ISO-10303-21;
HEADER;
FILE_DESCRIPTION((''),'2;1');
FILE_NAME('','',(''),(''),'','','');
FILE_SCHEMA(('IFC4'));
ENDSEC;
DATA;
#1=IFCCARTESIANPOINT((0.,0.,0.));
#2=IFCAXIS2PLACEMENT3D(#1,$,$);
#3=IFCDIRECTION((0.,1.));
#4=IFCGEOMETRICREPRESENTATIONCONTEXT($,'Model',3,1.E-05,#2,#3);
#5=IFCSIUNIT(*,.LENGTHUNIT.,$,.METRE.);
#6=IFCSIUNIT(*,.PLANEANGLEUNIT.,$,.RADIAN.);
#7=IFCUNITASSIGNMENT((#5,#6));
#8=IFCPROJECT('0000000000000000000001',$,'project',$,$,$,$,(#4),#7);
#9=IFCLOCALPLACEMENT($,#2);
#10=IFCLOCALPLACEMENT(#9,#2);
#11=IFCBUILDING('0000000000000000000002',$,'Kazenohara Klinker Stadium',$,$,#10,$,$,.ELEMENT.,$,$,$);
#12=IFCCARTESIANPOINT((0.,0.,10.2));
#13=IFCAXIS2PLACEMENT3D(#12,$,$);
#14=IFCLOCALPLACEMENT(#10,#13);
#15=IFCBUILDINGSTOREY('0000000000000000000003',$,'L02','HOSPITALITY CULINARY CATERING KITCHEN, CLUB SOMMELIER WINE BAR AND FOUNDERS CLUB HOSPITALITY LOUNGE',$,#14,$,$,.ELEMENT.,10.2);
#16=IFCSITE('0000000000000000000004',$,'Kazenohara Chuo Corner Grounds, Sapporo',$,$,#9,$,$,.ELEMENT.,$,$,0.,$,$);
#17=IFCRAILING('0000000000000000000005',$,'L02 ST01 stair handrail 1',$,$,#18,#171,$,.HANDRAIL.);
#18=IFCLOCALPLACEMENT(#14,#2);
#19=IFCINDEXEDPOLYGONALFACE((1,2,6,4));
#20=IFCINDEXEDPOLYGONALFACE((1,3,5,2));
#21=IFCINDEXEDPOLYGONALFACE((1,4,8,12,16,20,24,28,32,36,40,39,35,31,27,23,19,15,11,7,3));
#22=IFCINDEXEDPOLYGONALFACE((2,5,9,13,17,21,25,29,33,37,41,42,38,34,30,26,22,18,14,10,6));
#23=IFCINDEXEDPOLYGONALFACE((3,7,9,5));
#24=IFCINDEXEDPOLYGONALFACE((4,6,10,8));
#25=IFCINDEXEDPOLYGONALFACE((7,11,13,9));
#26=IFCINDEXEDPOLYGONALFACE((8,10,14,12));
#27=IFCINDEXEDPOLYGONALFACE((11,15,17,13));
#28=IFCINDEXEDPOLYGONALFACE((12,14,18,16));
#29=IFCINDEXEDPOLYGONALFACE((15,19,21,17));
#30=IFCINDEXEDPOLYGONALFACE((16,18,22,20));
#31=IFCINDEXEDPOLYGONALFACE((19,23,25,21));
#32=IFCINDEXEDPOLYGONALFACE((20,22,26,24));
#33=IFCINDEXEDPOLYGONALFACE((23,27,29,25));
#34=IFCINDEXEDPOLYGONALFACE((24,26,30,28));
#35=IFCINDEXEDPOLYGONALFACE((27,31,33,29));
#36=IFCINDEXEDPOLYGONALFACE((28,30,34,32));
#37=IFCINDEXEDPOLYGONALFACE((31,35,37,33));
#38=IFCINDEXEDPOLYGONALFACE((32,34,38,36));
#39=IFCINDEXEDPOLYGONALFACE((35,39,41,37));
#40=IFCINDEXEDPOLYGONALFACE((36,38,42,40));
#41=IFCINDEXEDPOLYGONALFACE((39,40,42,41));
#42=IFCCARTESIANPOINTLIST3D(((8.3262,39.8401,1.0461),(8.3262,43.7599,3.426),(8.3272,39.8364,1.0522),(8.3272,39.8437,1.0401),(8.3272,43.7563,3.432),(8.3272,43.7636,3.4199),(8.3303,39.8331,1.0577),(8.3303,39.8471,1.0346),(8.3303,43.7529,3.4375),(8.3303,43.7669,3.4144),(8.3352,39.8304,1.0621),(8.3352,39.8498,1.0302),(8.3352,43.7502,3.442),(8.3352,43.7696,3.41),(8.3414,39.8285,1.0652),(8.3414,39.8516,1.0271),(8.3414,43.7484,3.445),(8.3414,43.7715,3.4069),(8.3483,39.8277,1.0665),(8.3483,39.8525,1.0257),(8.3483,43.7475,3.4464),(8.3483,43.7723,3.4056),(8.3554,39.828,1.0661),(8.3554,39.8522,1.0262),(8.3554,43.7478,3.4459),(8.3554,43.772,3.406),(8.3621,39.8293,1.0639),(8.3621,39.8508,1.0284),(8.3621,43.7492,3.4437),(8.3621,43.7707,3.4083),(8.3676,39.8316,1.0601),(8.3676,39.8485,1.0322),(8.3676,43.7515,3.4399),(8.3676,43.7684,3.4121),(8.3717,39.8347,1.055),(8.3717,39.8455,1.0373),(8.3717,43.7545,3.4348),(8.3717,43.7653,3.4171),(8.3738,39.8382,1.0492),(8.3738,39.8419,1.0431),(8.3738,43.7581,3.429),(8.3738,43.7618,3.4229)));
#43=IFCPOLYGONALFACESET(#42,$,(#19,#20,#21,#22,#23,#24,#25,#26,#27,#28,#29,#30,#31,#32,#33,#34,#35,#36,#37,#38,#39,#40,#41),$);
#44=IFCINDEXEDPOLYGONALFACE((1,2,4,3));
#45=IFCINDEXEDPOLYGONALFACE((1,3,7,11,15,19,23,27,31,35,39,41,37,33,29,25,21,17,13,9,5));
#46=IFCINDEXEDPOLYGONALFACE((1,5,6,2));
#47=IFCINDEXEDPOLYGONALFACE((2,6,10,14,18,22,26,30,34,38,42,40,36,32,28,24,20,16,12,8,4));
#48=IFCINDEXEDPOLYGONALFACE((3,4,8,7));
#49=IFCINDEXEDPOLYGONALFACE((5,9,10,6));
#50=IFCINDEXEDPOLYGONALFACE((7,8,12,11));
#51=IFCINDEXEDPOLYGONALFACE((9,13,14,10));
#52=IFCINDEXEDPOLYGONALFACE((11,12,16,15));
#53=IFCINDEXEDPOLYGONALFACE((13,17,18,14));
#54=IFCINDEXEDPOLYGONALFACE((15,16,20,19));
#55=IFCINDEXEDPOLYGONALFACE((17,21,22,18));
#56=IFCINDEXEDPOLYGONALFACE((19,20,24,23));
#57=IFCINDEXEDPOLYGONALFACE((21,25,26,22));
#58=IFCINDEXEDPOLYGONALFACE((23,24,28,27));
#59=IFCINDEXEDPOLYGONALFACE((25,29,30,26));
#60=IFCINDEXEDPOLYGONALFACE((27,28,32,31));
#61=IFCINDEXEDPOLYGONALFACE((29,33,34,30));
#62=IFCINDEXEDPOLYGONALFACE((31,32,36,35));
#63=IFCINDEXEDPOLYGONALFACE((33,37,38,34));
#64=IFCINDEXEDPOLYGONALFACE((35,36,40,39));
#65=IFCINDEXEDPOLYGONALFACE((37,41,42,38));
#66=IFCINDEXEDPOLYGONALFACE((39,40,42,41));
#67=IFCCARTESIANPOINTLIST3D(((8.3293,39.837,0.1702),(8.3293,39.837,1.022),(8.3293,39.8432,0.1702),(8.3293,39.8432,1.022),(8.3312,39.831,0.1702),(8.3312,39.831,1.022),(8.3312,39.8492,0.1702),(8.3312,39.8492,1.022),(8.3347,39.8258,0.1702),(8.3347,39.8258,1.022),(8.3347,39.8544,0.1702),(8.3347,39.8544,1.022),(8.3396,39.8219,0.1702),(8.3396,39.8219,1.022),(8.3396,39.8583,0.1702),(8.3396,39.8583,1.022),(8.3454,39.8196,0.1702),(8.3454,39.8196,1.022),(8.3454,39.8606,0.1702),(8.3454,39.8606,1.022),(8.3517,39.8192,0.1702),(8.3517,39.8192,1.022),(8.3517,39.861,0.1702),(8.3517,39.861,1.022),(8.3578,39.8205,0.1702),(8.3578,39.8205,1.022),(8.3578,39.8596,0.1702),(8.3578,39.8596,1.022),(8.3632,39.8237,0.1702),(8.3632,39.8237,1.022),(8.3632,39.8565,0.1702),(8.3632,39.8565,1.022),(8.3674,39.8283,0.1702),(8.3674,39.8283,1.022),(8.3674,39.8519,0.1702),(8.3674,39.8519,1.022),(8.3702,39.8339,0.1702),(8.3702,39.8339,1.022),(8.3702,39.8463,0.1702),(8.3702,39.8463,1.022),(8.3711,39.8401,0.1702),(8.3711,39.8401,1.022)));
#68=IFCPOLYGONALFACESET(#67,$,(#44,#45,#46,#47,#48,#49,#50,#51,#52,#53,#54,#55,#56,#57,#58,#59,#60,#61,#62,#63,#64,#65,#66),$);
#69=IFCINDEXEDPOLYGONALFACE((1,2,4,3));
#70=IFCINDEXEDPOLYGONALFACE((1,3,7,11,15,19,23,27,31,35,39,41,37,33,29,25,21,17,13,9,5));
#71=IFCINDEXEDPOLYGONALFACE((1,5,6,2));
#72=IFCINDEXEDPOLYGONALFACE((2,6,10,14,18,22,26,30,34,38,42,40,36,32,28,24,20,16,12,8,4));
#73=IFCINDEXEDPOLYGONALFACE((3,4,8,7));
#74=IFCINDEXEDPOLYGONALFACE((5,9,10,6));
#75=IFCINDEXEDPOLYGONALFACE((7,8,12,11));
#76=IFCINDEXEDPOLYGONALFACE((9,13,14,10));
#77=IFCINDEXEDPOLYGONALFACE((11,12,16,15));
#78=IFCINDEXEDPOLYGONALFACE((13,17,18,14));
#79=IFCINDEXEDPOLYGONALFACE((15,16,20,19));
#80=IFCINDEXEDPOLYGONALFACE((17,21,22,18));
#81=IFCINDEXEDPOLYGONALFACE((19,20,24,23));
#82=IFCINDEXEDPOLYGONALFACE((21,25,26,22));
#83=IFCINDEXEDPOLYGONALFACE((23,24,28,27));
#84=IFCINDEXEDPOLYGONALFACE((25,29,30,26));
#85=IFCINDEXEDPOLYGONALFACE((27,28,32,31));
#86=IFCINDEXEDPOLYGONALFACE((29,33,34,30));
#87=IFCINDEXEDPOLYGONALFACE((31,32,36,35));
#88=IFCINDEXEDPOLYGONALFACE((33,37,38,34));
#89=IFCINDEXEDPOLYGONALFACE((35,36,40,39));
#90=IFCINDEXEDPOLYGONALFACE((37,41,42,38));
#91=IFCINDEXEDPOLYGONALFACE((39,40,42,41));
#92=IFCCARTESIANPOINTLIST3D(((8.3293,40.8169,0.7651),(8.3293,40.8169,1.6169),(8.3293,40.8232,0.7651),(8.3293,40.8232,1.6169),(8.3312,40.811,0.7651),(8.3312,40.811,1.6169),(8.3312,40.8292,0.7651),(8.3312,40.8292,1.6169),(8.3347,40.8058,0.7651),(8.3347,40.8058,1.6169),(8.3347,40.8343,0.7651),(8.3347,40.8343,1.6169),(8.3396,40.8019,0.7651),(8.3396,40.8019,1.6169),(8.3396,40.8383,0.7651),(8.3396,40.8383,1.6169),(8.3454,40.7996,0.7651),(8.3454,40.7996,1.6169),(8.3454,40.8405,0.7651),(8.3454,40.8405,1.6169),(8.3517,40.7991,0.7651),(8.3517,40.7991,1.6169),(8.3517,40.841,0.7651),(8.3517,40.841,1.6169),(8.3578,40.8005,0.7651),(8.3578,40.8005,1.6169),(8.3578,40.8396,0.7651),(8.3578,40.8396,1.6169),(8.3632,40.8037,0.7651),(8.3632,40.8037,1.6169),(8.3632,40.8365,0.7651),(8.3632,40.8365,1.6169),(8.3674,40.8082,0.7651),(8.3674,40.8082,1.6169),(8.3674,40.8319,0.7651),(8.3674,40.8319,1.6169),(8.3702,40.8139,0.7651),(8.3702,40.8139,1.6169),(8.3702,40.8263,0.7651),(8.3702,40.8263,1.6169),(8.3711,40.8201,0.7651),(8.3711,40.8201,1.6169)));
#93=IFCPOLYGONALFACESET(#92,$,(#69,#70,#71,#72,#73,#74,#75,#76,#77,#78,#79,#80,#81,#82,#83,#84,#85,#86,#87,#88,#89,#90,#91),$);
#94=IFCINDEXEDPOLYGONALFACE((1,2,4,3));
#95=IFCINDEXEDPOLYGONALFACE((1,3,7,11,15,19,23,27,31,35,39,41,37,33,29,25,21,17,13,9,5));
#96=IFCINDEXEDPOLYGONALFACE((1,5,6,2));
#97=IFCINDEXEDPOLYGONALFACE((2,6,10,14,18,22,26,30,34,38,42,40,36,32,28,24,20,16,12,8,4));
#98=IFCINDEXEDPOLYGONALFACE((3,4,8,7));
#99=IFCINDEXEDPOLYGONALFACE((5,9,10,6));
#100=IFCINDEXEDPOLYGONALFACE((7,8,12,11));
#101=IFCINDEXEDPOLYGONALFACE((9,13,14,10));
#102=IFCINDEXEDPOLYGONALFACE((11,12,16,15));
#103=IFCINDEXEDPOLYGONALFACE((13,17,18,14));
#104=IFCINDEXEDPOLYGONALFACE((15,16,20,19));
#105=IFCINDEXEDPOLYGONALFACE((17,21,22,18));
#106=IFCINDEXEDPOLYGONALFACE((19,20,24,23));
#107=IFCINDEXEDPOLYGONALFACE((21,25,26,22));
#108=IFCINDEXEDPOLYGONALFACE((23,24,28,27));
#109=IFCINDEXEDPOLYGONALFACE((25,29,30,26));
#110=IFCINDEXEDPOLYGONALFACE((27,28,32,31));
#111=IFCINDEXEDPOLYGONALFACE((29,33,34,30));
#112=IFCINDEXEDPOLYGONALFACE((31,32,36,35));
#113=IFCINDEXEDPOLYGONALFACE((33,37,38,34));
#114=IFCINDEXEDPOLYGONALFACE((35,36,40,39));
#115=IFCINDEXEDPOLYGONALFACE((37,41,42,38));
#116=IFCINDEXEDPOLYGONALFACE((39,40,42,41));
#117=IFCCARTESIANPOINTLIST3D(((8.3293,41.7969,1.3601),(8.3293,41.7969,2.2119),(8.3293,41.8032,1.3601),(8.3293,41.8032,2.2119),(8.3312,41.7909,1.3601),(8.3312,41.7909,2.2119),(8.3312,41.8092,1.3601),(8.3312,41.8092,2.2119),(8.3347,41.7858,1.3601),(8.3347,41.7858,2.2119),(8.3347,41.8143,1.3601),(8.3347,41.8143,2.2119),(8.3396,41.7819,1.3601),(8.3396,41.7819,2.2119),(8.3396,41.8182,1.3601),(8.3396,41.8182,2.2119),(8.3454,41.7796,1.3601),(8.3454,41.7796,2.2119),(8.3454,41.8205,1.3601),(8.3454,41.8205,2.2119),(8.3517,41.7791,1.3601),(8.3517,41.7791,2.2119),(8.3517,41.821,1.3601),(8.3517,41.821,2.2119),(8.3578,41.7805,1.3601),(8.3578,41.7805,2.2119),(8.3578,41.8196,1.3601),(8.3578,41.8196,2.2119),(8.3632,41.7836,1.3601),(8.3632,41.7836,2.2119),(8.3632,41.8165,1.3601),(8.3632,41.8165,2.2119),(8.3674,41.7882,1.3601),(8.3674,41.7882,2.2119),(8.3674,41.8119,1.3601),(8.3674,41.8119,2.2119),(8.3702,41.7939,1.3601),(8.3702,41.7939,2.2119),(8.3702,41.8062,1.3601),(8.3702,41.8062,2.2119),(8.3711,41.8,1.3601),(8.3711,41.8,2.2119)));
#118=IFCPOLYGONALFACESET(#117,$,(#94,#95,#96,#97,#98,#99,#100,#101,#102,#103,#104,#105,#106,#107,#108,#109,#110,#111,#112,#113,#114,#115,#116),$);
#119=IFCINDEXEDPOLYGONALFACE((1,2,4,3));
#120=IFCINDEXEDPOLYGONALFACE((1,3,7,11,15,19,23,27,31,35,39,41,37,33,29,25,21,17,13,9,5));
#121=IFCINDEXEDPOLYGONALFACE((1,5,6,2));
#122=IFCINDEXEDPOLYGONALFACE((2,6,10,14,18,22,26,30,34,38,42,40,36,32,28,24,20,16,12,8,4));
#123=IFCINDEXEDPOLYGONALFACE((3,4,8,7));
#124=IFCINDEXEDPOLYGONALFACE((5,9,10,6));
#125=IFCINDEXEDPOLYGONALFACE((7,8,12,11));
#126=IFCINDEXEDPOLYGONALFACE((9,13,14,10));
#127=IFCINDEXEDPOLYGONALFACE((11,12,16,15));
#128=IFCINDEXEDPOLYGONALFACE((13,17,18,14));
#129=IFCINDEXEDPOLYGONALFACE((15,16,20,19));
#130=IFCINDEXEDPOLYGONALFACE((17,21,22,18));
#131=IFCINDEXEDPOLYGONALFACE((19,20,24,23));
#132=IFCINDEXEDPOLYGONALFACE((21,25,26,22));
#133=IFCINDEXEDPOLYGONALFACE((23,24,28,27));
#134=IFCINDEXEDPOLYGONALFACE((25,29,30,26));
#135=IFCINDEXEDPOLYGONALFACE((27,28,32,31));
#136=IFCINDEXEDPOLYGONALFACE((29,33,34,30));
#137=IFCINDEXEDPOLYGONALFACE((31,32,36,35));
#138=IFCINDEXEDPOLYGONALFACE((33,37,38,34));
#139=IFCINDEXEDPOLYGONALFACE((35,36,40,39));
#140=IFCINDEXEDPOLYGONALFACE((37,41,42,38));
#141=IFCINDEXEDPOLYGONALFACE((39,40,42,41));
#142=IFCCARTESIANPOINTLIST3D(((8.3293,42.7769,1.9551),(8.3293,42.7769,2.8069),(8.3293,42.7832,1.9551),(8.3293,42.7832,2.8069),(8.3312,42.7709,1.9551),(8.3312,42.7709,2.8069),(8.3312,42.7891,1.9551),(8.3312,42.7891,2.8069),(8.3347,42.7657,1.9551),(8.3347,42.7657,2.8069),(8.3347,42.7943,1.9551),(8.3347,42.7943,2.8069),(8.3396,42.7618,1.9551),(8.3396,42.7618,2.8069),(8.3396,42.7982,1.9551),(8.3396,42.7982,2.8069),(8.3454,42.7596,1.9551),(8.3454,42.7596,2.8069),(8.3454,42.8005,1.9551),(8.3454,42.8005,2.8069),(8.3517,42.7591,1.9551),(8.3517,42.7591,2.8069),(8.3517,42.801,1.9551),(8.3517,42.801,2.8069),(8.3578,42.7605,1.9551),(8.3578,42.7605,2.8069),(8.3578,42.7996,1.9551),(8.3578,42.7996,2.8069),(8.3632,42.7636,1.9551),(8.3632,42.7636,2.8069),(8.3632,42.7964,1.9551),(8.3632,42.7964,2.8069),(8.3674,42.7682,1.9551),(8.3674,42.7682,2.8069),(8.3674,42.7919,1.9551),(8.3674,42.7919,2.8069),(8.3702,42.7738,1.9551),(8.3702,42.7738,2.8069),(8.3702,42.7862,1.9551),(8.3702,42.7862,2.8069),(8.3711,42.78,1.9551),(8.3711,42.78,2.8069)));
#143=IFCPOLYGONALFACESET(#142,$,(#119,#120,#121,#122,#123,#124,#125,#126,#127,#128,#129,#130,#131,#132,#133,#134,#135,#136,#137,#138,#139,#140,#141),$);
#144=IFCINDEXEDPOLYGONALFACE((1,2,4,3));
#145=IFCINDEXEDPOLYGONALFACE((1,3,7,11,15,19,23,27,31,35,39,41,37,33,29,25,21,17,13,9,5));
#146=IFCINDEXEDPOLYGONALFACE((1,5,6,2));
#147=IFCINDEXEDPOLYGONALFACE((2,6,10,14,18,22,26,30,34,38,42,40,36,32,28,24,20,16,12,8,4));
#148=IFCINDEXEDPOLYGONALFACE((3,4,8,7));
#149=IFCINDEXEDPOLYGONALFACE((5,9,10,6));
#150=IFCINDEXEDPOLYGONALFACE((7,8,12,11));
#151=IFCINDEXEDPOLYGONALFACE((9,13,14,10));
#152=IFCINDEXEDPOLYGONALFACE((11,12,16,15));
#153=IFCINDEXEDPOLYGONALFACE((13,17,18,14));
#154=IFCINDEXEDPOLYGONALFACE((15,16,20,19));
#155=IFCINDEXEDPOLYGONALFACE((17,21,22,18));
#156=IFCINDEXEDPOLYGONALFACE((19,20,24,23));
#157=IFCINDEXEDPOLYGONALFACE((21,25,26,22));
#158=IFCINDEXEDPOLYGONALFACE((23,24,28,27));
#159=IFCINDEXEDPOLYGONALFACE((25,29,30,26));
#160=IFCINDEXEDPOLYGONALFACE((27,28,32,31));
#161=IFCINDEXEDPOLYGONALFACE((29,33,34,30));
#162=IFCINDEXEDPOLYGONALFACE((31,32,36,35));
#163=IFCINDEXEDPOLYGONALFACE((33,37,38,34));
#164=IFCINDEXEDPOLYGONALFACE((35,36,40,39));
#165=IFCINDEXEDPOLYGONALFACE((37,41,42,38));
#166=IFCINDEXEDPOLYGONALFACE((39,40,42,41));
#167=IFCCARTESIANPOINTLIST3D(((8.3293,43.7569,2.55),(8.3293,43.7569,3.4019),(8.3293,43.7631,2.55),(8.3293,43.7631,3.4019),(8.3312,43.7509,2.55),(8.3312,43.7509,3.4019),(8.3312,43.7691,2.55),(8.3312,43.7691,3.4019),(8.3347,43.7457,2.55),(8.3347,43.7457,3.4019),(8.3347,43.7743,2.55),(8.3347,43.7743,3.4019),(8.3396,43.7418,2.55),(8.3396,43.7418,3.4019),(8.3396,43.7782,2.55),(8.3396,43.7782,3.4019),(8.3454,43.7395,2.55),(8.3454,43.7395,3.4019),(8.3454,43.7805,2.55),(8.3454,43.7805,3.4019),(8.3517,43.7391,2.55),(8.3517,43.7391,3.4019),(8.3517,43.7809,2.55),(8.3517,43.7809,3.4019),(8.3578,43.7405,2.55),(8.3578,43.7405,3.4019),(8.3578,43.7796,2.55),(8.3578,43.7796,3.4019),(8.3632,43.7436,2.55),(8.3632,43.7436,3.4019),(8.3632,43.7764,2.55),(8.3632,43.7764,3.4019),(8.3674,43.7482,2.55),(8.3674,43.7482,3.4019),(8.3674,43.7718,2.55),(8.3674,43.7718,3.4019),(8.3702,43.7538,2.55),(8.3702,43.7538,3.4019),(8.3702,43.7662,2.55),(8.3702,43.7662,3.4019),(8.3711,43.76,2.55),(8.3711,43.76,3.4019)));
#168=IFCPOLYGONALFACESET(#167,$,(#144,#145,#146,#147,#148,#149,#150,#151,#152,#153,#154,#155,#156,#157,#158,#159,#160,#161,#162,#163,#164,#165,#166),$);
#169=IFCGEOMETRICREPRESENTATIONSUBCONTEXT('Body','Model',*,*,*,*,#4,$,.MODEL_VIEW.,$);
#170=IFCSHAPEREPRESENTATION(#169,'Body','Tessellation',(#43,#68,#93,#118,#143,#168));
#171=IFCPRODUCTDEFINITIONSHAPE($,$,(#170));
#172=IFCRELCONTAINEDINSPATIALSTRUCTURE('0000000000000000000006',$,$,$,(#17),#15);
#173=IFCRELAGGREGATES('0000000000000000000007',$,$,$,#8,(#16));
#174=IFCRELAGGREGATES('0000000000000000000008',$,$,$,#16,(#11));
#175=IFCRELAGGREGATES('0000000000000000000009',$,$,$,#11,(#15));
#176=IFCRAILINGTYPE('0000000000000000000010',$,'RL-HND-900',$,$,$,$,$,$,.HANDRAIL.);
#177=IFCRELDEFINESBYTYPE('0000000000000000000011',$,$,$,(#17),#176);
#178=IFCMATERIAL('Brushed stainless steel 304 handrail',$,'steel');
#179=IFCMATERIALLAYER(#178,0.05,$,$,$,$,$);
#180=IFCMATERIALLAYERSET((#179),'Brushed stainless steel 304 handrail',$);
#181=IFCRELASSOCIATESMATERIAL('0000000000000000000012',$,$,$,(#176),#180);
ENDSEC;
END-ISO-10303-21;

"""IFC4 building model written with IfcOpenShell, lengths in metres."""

from ifc_helpers import new_model, si_unit, direction, frame, origin, origin_2d, place, context, subcontext, project, spatial, circle, extrude, material, layer, layer_set, type_object, element, save


model = new_model("IFC4")

# Units and contexts
model_context = context("Model", 3, precision=1e-05, world=origin(), true_north=direction((0.0, 1.0)))
body_context = subcontext(model_context, "Body", "Model", "MODEL_VIEW")
ifc_project = project(units=[si_unit("LENGTHUNIT", "METRE"), si_unit("PLANEANGLEUNIT", "RADIAN")], contexts=[model_context])

# Site, building, storey
site_placement = place(None, origin())
site = spatial("IfcSite", under=ifc_project, at=site_placement, Name="Kazenohara Chuo Corner Grounds, Sapporo", CompositionType="ELEMENT", RefElevation=0.0)
building_placement = place(site_placement, origin())
building = spatial("IfcBuilding", under=site, at=building_placement, Name="Kazenohara Klinker Stadium", CompositionType="ELEMENT")
storey_placement = place(building_placement, frame((0.0, 0.0, 10.2)))
storey = spatial("IfcBuildingStorey", under=building, at=storey_placement, Name="L02", Description="HOSPITALITY CULINARY CATERING KITCHEN, CLUB SOMMELIER WINE BAR AND FOUNDERS CLUB HOSPITALITY LOUNGE", CompositionType="ELEMENT", Elevation=10.2)

# Railing
ifc_material_1 = material(Name="Brushed stainless steel 304 handrail", Category="steel")
ifc_layer_1 = layer(ifc_material_1, 0.05)
ifc_layer_set_1 = layer_set([ifc_layer_1], Name="Brushed stainless steel 304 handrail")
railing_type_1 = type_object("IfcRailingType", Name="RL-HND-900", PredefinedType="HANDRAIL", material=ifc_layer_set_1)
railing_1_placement = place(storey_placement, frame((8.3501, 39.8401, 0.1702)))
element("IfcRailing", 1, at=railing_1_placement, inside=storey, type_object=railing_type_1, Name="L02 ST01 stair handrail 1", PredefinedType="HANDRAIL", context=body_context, shape_type="SweptSolid", body=[
    extrude(circle(Radius=0.0239, at=origin_2d()), frame((0.0, 0.0, 0.876), z_axis=(0.0, 0.854794, 0.518967), x_axis=(-1.0, 0.0, 0.0)), (0.0, 0.0, 1.0), 4.5857),
    extrude(circle(Radius=0.021, at=origin_2d()), origin(), (0.0, 0.0, 1.0), 0.8518),
    extrude(circle(Radius=0.021, at=origin_2d()), frame((0.0, 0.98, 0.595)), (0.0, 0.0, 1.0), 0.8518),
    extrude(circle(Radius=0.021, at=origin_2d()), frame((0.0, 1.96, 1.1899)), (0.0, 0.0, 1.0), 0.8518),
    extrude(circle(Radius=0.021, at=origin_2d()), frame((0.0, 2.9399, 1.7849)), (0.0, 0.0, 1.0), 0.8518),
    extrude(circle(Radius=0.021, at=origin_2d()), frame((0.0, 3.9199, 2.3799)), (0.0, 0.0, 1.0), 0.8518),
])

save(model, "model.ifc")
